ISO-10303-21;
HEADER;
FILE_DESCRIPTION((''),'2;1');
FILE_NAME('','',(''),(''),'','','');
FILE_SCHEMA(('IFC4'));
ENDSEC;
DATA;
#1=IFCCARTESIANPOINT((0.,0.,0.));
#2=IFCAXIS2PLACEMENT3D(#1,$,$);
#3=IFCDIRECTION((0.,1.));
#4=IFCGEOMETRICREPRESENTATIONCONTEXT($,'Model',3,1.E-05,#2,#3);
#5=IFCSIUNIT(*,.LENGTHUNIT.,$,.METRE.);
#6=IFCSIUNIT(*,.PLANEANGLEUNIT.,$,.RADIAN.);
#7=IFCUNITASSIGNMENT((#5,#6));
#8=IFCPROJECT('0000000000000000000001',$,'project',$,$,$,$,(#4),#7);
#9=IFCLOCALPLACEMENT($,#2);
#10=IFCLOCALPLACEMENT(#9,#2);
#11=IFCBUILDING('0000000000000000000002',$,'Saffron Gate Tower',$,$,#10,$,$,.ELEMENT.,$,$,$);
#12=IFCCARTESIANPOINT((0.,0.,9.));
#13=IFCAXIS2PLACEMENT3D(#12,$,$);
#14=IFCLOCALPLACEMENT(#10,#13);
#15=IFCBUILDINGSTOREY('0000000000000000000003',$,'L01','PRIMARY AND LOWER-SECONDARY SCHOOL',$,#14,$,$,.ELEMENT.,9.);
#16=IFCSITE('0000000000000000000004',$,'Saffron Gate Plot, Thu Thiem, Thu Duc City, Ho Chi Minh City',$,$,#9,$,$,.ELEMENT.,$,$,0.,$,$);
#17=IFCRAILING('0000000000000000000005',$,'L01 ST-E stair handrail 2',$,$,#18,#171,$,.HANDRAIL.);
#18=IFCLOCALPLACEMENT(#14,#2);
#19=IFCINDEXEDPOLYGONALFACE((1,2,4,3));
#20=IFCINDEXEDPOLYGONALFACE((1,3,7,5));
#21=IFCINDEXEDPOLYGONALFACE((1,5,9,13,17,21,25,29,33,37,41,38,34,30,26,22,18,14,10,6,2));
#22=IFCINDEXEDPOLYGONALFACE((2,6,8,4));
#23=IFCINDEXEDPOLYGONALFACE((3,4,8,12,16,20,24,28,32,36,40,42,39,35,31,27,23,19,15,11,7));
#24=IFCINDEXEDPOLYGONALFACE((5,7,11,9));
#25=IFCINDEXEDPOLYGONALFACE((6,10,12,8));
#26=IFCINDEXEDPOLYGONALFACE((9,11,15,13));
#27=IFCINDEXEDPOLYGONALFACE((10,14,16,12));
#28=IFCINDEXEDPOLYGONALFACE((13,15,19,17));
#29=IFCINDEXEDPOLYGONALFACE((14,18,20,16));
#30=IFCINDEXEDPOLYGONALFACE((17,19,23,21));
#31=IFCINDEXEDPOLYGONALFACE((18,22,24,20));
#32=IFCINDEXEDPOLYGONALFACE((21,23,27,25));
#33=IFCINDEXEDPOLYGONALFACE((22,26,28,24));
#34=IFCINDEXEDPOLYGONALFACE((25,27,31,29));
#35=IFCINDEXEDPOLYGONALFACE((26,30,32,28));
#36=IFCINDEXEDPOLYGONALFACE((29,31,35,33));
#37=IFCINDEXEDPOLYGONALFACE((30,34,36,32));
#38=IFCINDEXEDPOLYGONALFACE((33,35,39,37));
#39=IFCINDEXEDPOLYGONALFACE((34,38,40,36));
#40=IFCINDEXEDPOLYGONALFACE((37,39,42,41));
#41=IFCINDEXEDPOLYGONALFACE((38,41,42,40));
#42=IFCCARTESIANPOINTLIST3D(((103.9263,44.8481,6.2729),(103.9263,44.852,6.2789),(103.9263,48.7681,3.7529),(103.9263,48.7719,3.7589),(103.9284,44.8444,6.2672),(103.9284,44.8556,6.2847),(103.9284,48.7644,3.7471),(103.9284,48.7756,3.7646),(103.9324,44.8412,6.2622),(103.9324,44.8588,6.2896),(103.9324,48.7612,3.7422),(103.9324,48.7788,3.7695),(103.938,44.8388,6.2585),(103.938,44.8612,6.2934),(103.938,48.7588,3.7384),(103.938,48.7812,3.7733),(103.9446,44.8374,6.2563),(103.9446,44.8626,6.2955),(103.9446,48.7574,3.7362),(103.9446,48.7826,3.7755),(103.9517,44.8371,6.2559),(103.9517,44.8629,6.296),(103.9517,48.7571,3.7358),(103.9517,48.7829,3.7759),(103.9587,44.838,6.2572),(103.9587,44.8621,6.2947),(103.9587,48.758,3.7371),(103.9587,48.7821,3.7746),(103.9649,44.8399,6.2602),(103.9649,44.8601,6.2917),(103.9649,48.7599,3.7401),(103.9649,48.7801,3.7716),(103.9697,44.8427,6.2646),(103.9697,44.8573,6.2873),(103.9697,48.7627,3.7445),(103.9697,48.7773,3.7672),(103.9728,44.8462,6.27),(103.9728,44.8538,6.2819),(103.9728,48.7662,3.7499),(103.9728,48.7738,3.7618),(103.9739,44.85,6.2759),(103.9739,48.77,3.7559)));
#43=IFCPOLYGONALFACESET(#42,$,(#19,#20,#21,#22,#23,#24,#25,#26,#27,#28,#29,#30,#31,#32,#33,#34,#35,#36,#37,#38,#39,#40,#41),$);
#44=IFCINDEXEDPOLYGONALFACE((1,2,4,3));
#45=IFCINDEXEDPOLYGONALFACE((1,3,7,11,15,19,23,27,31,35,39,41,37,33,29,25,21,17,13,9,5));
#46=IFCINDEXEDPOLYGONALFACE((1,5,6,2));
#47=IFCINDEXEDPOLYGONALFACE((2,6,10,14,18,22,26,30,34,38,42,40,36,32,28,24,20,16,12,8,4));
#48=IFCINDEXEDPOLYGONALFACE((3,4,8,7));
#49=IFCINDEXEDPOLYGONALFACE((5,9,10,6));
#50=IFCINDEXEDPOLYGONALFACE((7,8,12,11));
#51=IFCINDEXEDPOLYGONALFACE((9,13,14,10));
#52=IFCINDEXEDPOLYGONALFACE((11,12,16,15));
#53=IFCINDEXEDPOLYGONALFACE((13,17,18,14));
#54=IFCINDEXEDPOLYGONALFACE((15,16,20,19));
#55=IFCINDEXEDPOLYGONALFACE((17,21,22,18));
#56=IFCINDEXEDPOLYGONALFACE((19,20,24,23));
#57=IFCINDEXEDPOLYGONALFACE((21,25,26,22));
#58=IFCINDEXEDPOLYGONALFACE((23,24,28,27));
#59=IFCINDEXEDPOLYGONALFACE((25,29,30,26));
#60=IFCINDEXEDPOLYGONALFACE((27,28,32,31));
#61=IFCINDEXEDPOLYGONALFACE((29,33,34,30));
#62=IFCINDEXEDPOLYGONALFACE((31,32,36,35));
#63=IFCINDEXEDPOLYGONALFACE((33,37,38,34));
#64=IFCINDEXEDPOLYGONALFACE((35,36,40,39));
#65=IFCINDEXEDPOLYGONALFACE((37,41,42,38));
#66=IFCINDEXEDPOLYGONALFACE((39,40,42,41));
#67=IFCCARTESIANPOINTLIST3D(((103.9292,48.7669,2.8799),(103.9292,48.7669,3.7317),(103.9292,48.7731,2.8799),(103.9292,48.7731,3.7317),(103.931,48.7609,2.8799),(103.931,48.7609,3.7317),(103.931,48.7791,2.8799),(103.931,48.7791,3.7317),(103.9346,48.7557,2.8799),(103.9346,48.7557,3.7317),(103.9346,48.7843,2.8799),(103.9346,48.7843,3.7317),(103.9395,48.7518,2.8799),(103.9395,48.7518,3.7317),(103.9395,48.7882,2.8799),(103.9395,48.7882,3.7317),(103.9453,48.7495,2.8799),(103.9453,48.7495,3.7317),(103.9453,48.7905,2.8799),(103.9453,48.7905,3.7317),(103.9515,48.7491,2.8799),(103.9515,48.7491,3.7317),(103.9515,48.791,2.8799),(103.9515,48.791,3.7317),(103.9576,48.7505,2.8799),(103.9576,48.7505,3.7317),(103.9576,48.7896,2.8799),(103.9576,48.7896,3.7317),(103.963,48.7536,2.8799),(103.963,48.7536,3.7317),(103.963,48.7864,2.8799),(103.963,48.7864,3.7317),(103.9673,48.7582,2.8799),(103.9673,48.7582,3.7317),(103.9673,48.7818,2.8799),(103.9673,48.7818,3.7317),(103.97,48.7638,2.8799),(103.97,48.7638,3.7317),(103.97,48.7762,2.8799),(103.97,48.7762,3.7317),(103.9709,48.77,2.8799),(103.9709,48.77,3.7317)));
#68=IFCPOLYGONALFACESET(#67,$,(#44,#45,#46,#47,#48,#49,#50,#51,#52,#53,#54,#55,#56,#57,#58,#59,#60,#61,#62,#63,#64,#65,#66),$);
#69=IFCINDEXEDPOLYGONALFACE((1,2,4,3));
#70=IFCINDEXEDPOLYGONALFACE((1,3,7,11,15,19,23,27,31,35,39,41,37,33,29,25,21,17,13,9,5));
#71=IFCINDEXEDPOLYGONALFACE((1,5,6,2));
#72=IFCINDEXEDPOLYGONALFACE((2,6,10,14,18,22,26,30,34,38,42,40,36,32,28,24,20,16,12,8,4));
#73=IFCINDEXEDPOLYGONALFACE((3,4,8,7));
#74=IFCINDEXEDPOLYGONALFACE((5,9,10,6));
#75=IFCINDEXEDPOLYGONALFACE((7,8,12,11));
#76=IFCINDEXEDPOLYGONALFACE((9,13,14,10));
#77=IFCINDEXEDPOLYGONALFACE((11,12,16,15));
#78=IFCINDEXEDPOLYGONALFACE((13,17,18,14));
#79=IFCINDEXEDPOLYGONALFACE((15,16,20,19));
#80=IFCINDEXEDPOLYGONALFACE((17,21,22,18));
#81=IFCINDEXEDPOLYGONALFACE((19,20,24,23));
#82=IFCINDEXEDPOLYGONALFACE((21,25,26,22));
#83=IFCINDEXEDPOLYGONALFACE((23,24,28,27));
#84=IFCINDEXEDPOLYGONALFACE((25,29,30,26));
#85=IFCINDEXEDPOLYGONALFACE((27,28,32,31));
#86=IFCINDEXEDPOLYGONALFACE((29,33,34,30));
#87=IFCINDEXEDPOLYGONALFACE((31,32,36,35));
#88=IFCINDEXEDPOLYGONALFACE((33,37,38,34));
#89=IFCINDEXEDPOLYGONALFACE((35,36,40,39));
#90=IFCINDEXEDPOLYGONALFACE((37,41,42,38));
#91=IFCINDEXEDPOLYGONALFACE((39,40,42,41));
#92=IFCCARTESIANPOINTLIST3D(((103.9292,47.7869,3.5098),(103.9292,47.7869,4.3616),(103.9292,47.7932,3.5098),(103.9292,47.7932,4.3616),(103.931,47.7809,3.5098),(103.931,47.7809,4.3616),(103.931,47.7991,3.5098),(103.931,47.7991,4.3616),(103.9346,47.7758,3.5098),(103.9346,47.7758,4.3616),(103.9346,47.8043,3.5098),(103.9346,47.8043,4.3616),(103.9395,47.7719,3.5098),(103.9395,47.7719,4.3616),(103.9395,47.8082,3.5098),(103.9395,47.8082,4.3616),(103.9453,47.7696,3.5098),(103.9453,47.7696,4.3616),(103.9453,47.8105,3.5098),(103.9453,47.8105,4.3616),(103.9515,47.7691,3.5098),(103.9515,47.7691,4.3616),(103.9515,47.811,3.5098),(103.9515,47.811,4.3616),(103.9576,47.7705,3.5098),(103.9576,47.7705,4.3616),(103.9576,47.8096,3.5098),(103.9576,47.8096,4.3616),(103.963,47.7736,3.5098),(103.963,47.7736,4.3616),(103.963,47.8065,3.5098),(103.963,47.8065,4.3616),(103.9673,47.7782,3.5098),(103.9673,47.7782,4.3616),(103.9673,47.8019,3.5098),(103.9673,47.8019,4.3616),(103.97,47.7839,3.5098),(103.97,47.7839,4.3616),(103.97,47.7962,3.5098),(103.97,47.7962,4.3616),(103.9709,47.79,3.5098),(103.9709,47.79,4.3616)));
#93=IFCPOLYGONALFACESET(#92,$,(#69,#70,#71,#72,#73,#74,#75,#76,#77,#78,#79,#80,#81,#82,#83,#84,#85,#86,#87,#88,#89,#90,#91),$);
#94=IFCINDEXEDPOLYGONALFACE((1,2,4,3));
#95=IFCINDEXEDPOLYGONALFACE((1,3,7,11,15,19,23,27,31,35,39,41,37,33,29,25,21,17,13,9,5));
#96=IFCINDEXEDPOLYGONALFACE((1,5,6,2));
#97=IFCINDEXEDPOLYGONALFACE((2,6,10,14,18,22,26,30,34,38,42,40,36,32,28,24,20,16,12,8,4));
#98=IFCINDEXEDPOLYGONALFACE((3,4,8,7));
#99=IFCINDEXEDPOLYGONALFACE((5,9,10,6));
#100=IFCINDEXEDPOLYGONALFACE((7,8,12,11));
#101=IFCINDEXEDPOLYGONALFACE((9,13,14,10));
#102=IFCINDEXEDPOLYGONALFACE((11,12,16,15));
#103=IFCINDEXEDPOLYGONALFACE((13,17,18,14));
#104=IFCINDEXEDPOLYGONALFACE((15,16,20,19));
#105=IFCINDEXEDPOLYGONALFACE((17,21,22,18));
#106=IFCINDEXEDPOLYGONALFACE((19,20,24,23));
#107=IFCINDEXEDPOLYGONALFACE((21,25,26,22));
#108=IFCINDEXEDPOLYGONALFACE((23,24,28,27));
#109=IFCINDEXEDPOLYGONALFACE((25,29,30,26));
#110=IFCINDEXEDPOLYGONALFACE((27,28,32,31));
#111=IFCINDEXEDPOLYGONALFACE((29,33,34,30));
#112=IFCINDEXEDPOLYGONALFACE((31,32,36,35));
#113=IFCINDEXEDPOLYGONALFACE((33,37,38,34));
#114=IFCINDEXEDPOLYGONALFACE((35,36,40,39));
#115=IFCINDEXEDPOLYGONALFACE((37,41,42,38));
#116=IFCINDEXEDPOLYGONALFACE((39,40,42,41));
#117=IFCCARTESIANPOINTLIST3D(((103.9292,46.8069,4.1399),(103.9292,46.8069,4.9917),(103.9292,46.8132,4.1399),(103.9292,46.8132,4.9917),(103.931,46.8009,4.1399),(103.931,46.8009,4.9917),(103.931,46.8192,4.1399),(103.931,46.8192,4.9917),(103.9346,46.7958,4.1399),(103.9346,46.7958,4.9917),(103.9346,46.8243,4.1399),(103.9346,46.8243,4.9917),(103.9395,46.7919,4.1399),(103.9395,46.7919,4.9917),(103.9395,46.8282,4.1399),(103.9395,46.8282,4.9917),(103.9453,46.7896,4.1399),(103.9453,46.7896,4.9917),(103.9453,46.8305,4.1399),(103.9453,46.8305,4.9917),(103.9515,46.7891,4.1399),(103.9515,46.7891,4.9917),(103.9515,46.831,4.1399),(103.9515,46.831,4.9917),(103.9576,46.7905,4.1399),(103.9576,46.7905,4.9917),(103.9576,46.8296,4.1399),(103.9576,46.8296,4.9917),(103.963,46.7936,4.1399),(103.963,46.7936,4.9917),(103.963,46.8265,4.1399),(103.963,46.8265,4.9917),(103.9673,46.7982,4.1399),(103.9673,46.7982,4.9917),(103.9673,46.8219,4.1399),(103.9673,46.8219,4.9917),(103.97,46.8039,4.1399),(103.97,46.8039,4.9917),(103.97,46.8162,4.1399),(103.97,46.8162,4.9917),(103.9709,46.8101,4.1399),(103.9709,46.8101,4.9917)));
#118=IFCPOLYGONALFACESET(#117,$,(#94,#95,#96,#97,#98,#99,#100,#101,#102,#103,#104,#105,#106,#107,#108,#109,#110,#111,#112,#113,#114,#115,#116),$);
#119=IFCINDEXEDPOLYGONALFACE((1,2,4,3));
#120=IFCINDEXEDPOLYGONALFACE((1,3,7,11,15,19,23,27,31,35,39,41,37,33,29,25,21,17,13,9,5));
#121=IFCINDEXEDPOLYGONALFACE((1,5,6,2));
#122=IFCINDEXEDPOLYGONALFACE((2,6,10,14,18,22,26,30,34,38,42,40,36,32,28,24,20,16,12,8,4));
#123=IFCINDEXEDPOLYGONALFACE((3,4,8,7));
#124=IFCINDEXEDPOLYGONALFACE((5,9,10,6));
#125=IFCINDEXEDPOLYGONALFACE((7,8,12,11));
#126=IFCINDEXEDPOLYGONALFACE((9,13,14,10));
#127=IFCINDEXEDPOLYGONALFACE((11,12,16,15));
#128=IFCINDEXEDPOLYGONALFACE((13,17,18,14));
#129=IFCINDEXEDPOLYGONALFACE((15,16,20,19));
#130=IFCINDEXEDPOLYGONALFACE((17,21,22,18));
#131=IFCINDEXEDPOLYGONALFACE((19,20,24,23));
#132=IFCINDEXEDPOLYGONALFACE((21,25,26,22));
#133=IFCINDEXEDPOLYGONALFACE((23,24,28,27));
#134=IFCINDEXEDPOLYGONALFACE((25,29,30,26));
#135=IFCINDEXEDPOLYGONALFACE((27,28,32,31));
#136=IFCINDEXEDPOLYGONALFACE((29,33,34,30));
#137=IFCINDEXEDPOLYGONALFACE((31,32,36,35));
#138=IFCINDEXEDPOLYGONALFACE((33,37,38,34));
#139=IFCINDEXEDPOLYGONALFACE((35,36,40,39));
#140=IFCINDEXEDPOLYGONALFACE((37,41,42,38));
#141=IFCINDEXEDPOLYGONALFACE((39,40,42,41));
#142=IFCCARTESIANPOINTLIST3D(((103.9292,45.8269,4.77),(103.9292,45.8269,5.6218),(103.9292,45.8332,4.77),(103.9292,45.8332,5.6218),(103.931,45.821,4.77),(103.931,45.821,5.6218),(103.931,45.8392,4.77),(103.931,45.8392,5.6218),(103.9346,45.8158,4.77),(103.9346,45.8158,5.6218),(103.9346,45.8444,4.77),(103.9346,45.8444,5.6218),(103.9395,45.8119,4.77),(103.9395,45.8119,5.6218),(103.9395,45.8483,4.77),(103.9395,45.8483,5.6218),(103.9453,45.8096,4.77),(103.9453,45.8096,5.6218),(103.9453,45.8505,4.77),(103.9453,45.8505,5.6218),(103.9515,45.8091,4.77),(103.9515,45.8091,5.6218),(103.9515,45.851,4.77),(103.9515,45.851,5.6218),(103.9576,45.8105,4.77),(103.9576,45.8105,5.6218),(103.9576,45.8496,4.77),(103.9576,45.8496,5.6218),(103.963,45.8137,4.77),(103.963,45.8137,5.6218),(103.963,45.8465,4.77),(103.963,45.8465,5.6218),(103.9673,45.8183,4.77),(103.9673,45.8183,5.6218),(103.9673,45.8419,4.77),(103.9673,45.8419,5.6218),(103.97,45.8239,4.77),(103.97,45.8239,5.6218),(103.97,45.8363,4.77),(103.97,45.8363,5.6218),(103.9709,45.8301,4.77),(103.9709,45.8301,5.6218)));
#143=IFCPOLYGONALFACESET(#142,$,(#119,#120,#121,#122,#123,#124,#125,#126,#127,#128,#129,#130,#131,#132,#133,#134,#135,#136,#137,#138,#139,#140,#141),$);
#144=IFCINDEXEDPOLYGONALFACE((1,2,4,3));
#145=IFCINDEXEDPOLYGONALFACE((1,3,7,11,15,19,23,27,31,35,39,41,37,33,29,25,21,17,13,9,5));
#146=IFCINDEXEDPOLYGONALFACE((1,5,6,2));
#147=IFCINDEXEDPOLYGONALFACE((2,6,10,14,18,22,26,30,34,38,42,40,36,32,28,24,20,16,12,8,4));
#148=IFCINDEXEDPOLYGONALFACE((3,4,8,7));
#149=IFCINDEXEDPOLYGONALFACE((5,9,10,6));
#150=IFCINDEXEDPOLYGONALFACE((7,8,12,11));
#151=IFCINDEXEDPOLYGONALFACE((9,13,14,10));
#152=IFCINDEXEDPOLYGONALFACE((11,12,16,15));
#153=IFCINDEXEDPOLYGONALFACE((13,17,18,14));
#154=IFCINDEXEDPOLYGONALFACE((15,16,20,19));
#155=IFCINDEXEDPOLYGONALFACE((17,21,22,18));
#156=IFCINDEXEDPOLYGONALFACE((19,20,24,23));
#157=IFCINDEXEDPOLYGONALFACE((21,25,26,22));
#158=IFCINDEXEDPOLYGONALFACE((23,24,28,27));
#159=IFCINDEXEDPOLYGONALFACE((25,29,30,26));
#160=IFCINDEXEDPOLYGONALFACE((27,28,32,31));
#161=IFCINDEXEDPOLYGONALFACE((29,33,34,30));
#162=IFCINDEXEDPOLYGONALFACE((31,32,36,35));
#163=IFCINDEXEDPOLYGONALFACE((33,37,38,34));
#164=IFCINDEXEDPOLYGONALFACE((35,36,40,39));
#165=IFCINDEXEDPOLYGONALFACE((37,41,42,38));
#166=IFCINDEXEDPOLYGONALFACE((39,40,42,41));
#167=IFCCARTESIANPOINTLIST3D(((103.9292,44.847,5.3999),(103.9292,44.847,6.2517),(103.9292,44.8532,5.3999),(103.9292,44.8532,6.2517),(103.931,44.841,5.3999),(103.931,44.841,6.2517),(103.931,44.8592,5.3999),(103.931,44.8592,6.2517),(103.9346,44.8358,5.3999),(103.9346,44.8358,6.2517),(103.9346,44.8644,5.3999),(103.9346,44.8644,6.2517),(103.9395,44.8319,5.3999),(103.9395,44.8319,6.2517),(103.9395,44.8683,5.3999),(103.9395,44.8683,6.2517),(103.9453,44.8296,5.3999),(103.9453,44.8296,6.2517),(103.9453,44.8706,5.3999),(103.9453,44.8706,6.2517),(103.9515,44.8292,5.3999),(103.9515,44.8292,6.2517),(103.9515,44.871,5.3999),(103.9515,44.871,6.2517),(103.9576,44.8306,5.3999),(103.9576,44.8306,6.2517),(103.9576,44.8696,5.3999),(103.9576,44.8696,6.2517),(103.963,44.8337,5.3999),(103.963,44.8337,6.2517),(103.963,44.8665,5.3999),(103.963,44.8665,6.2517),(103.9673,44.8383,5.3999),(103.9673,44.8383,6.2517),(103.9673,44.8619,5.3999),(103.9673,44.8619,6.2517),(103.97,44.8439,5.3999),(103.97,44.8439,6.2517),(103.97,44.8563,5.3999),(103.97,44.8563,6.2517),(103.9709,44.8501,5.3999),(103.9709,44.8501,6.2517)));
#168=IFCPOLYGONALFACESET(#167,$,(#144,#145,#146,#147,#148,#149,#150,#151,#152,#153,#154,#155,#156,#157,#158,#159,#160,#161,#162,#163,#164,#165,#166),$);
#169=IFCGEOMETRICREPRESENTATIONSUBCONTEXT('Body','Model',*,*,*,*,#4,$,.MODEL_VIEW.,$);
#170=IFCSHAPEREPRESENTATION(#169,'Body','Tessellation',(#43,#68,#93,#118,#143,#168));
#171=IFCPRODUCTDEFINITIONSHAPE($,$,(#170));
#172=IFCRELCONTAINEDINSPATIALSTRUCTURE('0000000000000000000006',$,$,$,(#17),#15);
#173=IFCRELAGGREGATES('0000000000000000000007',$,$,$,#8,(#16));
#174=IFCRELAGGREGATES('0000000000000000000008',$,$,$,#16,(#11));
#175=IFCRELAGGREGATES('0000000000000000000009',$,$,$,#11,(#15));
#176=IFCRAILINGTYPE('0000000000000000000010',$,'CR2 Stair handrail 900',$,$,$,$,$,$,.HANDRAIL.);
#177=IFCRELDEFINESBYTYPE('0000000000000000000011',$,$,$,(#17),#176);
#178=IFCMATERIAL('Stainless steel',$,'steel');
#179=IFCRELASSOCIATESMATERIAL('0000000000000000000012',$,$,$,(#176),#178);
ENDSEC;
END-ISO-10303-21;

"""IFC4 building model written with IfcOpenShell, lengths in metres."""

from ifc_helpers import new_model, si_unit, direction, frame, origin, origin_2d, place, context, subcontext, project, spatial, circle, extrude, material, type_object, element, save


model = new_model("IFC4")

# Units and contexts
model_context = context("Model", 3, precision=1e-05, world=origin(), true_north=direction((0.0, 1.0)))
body_context = subcontext(model_context, "Body", "Model", "MODEL_VIEW")
ifc_project = project(units=[si_unit("LENGTHUNIT", "METRE"), si_unit("PLANEANGLEUNIT", "RADIAN")], contexts=[model_context])

# Site, building, storey
site_placement = place(None, origin())
site = spatial("IfcSite", under=ifc_project, at=site_placement, Name="Saffron Gate Plot, Thu Thiem, Thu Duc City, Ho Chi Minh City", CompositionType="ELEMENT", RefElevation=0.0)
building_placement = place(site_placement, origin())
building = spatial("IfcBuilding", under=site, at=building_placement, Name="Saffron Gate Tower", CompositionType="ELEMENT")
storey_placement = place(building_placement, frame((0.0, 0.0, 9.0)))
storey = spatial("IfcBuildingStorey", under=building, at=storey_placement, Name="L01", Description="PRIMARY AND LOWER-SECONDARY SCHOOL", CompositionType="ELEMENT", Elevation=9.0)

# Railing
ifc_material_1 = material(Name="Stainless steel", Category="steel")
railing_type_1 = type_object("IfcRailingType", Name="CR2 Stair handrail 900", PredefinedType="HANDRAIL", material=ifc_material_1)
railing_1_placement = place(storey_placement, frame((103.95, 48.77, 2.8799)))
element("IfcRailing", 1, at=railing_1_placement, inside=storey, type_object=railing_type_1, Name="L01 ST-E stair handrail 2", PredefinedType="HANDRAIL", context=body_context, shape_type="SweptSolid", body=[
    extrude(circle(Radius=0.0239, at=origin_2d()), frame((0.0, 0.0, 0.876), z_axis=(0.0, -0.841172, 0.540768), x_axis=(1.0, 0.0, 0.0)), (0.0, 0.0, 1.0), 4.6602),
    extrude(circle(Radius=0.021, at=origin_2d()), origin(), (0.0, 0.0, 1.0), 0.8518),
    extrude(circle(Radius=0.021, at=origin_2d()), frame((0.0, -0.98, 0.6299)), (0.0, 0.0, 1.0), 0.8518),
    extrude(circle(Radius=0.021, at=origin_2d()), frame((0.0, -1.96, 1.26)), (0.0, 0.0, 1.0), 0.8518),
    extrude(circle(Radius=0.021, at=origin_2d()), frame((0.0, -2.9399, 1.8901)), (0.0, 0.0, 1.0), 0.8518),
    extrude(circle(Radius=0.021, at=origin_2d()), frame((0.0, -3.9199, 2.52)), (0.0, 0.0, 1.0), 0.8518),
])

save(model, "model.ifc")
